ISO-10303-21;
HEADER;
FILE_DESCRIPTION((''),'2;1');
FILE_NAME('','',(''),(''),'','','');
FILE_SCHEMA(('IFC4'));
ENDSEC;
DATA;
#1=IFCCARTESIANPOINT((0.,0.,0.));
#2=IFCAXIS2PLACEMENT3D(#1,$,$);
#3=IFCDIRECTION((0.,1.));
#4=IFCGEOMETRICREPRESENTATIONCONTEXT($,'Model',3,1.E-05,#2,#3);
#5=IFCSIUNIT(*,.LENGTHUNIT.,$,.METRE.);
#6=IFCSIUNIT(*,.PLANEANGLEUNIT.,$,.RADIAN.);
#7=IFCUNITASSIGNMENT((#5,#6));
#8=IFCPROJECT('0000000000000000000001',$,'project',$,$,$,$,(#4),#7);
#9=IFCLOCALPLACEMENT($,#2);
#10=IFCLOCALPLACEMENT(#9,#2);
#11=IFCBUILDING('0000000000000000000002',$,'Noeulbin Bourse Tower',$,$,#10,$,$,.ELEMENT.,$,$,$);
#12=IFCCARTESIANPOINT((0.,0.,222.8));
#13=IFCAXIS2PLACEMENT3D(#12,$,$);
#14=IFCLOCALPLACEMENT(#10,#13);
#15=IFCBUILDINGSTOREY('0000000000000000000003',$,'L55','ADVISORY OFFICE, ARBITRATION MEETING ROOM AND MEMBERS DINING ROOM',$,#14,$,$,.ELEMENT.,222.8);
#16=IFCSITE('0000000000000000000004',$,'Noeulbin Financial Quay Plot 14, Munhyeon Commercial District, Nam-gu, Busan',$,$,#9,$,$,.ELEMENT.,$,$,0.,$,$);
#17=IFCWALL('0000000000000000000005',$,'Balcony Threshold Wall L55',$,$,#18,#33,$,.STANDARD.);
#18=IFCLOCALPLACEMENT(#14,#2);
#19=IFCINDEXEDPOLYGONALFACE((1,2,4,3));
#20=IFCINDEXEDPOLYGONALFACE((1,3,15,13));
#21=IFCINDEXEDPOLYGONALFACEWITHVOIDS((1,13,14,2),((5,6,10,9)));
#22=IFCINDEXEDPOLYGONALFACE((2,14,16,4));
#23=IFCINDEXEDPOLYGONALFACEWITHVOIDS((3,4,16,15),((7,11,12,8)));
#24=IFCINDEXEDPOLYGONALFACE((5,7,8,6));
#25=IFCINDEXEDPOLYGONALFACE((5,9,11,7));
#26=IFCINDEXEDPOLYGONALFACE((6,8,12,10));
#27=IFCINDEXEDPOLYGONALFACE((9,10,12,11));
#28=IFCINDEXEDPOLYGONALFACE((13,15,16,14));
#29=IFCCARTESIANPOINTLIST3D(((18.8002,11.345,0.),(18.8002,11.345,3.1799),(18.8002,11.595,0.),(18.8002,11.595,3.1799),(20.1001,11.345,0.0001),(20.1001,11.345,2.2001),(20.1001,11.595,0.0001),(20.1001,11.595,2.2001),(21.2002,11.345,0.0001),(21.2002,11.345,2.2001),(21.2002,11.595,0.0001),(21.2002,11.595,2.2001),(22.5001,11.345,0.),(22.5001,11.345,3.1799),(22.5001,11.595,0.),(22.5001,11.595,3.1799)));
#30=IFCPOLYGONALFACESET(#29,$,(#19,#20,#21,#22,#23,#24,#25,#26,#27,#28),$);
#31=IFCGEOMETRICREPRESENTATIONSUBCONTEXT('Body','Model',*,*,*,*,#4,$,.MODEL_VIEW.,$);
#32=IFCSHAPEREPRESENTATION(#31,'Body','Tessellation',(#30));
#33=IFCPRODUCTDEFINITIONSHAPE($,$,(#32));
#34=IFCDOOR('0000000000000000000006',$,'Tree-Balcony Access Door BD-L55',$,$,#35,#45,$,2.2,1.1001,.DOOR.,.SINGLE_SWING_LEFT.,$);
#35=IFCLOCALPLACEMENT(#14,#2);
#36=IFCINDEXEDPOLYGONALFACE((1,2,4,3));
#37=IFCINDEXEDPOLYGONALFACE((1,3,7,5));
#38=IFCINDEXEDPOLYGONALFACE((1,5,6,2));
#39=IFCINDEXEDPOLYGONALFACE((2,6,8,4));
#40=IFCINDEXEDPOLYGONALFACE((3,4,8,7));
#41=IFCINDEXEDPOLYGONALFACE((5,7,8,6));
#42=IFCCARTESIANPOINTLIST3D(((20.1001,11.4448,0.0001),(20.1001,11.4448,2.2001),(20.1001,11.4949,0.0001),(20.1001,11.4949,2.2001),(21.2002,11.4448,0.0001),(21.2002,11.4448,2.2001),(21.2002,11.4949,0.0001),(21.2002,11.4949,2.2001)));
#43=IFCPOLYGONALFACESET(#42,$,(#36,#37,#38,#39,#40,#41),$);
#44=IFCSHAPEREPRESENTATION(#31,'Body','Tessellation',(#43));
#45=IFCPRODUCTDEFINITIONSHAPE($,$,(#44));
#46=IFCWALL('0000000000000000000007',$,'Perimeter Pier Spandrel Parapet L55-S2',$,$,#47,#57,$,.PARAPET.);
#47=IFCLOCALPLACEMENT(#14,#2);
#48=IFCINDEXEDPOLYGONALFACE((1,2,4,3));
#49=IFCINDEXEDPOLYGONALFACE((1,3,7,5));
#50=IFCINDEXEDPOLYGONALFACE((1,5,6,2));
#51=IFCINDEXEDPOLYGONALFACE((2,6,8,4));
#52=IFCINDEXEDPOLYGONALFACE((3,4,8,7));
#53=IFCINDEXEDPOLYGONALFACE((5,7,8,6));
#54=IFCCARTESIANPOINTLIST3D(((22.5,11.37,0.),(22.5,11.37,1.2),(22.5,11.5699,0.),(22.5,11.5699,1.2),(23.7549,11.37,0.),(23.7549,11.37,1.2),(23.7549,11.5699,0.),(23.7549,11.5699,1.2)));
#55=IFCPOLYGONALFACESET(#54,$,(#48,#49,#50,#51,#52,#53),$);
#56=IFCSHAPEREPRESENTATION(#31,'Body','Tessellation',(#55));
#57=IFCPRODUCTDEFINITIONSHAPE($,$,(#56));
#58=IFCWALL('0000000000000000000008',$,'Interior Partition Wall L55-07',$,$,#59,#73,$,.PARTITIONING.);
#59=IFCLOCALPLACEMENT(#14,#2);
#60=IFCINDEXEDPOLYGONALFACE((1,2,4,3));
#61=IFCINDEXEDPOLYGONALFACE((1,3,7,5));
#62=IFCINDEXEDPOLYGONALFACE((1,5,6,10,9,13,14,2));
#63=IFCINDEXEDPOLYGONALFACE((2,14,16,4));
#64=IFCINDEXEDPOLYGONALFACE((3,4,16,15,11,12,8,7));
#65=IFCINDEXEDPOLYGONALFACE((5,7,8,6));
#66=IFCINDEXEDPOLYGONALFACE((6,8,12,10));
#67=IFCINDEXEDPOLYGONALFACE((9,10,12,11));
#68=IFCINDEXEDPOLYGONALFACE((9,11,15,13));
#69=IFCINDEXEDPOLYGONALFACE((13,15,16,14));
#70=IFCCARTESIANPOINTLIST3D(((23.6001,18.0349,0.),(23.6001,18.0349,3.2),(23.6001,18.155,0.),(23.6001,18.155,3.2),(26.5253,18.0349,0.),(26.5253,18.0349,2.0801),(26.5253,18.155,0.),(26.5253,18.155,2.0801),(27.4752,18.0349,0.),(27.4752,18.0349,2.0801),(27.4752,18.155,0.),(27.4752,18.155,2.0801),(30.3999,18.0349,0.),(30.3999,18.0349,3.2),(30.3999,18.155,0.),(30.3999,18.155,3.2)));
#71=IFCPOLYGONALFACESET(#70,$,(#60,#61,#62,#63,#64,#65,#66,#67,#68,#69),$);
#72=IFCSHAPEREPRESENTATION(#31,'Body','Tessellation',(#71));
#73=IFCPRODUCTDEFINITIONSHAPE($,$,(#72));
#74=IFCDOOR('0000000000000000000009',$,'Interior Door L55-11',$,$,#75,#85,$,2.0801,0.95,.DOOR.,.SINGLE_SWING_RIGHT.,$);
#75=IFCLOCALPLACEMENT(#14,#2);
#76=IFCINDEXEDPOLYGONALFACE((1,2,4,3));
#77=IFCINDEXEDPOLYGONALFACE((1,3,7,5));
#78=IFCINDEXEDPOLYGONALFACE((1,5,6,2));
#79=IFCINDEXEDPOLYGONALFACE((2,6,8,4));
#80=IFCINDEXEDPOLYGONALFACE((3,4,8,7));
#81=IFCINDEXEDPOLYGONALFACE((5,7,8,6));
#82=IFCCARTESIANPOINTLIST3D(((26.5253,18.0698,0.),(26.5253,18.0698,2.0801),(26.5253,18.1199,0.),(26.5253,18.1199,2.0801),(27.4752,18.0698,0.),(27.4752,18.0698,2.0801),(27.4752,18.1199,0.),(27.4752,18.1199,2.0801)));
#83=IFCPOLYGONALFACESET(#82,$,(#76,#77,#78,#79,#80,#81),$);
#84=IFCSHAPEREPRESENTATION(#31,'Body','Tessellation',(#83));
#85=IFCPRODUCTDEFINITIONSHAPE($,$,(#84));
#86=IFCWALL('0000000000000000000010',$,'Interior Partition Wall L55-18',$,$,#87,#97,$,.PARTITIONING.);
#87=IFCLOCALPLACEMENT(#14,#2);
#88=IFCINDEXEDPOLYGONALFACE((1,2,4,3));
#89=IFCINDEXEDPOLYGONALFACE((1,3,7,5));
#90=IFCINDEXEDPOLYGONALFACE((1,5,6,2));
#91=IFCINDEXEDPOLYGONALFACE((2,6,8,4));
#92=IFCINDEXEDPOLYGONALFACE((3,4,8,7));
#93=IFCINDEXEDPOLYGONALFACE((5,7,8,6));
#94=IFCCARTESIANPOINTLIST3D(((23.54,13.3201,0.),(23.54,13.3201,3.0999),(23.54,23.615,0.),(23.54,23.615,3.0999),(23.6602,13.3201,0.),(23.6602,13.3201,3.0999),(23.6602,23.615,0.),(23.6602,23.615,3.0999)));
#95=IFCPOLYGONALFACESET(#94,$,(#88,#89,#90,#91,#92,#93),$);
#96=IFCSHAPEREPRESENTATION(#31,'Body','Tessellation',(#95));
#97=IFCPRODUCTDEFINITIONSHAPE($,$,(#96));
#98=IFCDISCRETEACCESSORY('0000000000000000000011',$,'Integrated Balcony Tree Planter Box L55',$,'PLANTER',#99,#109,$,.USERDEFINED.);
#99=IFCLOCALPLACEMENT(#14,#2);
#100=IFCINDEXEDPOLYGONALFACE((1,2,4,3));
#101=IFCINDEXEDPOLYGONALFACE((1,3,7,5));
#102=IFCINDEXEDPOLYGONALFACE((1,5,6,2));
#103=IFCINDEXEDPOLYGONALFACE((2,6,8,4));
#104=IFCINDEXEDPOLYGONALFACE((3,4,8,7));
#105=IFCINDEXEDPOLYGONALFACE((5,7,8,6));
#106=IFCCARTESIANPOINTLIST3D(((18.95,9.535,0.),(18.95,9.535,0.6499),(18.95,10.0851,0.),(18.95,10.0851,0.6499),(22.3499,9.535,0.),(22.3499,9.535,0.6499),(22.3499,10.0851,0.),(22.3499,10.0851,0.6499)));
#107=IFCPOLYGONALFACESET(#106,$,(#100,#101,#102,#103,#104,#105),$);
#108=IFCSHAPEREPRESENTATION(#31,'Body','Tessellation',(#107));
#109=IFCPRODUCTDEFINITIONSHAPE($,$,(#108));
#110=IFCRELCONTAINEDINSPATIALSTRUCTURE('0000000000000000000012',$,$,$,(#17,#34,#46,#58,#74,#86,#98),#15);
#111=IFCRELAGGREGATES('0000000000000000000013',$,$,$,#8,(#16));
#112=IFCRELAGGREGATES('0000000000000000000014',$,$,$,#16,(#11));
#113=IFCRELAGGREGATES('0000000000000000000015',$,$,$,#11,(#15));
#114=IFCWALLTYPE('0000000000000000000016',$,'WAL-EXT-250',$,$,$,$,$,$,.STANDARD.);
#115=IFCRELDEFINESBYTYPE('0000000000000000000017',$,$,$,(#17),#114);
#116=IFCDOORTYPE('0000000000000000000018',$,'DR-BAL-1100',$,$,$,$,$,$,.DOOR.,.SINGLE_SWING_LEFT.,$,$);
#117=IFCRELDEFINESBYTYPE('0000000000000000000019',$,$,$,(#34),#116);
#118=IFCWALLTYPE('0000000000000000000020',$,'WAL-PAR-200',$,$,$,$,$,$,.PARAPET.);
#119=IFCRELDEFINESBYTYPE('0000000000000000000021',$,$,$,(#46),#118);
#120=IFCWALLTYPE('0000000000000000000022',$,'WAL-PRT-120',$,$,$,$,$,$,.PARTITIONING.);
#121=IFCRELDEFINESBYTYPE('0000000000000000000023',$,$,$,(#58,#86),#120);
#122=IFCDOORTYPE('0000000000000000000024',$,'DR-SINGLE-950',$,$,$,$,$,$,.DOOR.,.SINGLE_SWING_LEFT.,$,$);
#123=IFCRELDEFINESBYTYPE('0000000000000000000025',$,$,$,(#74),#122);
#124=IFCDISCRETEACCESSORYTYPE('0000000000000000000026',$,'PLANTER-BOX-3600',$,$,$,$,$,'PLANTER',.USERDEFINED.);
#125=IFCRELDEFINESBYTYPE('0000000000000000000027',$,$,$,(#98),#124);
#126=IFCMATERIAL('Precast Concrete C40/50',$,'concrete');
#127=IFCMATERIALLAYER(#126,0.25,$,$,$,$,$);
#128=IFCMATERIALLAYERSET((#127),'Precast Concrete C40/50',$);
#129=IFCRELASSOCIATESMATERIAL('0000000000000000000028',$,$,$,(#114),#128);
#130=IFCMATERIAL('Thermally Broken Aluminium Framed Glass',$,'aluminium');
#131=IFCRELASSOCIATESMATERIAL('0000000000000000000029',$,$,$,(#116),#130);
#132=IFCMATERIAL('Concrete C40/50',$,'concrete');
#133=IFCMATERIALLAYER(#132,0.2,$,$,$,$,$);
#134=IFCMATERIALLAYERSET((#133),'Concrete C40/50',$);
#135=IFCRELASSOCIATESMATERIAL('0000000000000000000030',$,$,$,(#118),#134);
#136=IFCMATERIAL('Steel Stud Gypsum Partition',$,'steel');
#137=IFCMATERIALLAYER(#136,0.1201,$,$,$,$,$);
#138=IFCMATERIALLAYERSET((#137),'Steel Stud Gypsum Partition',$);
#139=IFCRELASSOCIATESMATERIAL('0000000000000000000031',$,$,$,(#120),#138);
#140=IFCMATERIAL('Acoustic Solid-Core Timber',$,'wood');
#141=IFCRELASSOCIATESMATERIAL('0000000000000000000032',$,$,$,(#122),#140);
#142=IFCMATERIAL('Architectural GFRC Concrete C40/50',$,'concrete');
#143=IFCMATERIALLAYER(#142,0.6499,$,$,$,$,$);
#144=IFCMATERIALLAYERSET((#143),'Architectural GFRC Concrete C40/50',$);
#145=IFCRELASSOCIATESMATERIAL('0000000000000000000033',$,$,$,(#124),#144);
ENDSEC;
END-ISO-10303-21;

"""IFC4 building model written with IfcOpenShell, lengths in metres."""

from ifc_helpers import new_model, si_unit, direction, frame, frame_2d, origin, origin_2d, place, context, subcontext, project, spatial, rectangle, extrude, material, layer, layer_set, type_object, element, fill, save


model = new_model("IFC4")

# Units and contexts
model_context = context("Model", 3, precision=1e-05, world=origin(), true_north=direction((0.0, 1.0)))
body_context = subcontext(model_context, "Body", "Model", "MODEL_VIEW")
ifc_project = project(units=[si_unit("LENGTHUNIT", "METRE"), si_unit("PLANEANGLEUNIT", "RADIAN")], contexts=[model_context])

# Site, building, storey
site_placement = place(None, origin())
site = spatial("IfcSite", under=ifc_project, at=site_placement, Name="Noeulbin Financial Quay Plot 14, Munhyeon Commercial District, Nam-gu, Busan", CompositionType="ELEMENT", RefElevation=0.0)
building_placement = place(site_placement, origin())
building = spatial("IfcBuilding", under=site, at=building_placement, Name="Noeulbin Bourse Tower", CompositionType="ELEMENT")
storey_placement = place(building_placement, frame((0.0, 0.0, 222.8)))
storey = spatial("IfcBuildingStorey", under=building, at=storey_placement, Name="L55", Description="ADVISORY OFFICE, ARBITRATION MEETING ROOM AND MEMBERS DINING ROOM", CompositionType="ELEMENT", Elevation=222.8)

# Wall, opening, door
ifc_material_1 = material(Name="Precast Concrete C40/50", Category="concrete")
ifc_layer_1 = layer(ifc_material_1, 0.25)
ifc_layer_set_1 = layer_set([ifc_layer_1], Name="Precast Concrete C40/50")
wall_type_1 = type_object("IfcWallType", Name="WAL-EXT-250", PredefinedType="STANDARD", material=ifc_layer_set_1)
wall_1_placement = place(storey_placement, frame((18.8, 11.47, 0.0), z_axis=(0.0, 0.0, 1.0), x_axis=(1.0, 0.0, 0.0)))
wall_1 = element("IfcWall", 1, at=wall_1_placement, inside=storey, type_object=wall_type_1, Name="Balcony Threshold Wall L55", PredefinedType="STANDARD", context=body_context, shape_type="SweptSolid", body=[
    extrude(rectangle(XDim=3.7, YDim=0.25, at=frame_2d((1.8501, 0.0))), origin(), (0.0, 0.0, 1.0), 3.1799),
])
opening_1_placement = place(wall_1_placement, frame((1.3, 0.0, 0.0)))
opening_1 = element("IfcOpeningElement", 2, at=opening_1_placement, cuts=wall_1, PredefinedType="OPENING", context=body_context, shape_type="SweptSolid", body=[
    extrude(rectangle(XDim=1.1001, YDim=2.2, at=frame_2d((0.55, 1.1001))), frame((0.0, 0.135, 0.0), z_axis=(0.0, -1.0, 0.0), x_axis=(1.0, 0.0, 0.0)), (0.0, 0.0, 1.0), 0.27),
])
ifc_material_2 = material(Name="Thermally Broken Aluminium Framed Glass", Category="aluminium")
door_type_1 = type_object("IfcDoorType", Name="DR-BAL-1100", OperationType="SINGLE_SWING_LEFT", PredefinedType="DOOR", material=ifc_material_2)
door_1_placement = place(opening_1_placement, origin())
door_1 = element("IfcDoor", 3, at=door_1_placement, inside=storey, type_object=door_type_1, Name="Tree-Balcony Access Door BD-L55", OperationType="SINGLE_SWING_LEFT", OverallHeight=2.2, OverallWidth=1.1001, PredefinedType="DOOR", context=body_context, shape_type="SweptSolid", body=[
    extrude(rectangle(XDim=1.1001, YDim=2.2, at=frame_2d((0.55, 1.1001))), frame((0.0, 0.0249, 0.0), z_axis=(0.0, -1.0, 0.0), x_axis=(1.0, 0.0, 0.0)), (0.0, 0.0, 1.0), 0.05),
])
fill(opening_1, door_1)

# Wall
ifc_material_3 = material(Name="Concrete C40/50", Category="concrete")
ifc_layer_2 = layer(ifc_material_3, 0.2)
ifc_layer_set_2 = layer_set([ifc_layer_2], Name="Concrete C40/50")
wall_type_2 = type_object("IfcWallType", Name="WAL-PAR-200", PredefinedType="PARAPET", material=ifc_layer_set_2)
wall_2_placement = place(storey_placement, frame((22.5, 11.47, 0.0), z_axis=(0.0, 0.0, 1.0), x_axis=(1.0, 0.0, 0.0)))
element("IfcWall", 4, at=wall_2_placement, inside=storey, type_object=wall_type_2, Name="Perimeter Pier Spandrel Parapet L55-S2", PredefinedType="PARAPET", context=body_context, shape_type="SweptSolid", body=[
    extrude(rectangle(XDim=1.2549, YDim=0.2, at=frame_2d((0.6274, 0.0))), origin(), (0.0, 0.0, 1.0), 1.2),
])

# Wall, opening, door
ifc_material_4 = material(Name="Steel Stud Gypsum Partition", Category="steel")
ifc_layer_3 = layer(ifc_material_4, 0.1201)
ifc_layer_set_3 = layer_set([ifc_layer_3], Name="Steel Stud Gypsum Partition")
wall_type_3 = type_object("IfcWallType", Name="WAL-PRT-120", PredefinedType="PARTITIONING", material=ifc_layer_set_3)
wall_3_placement = place(storey_placement, frame((23.6001, 18.095, 0.0), z_axis=(0.0, 0.0, 1.0), x_axis=(1.0, 0.0, 0.0)))
wall_3 = element("IfcWall", 5, at=wall_3_placement, inside=storey, type_object=wall_type_3, Name="Interior Partition Wall L55-07", PredefinedType="PARTITIONING", context=body_context, shape_type="SweptSolid", body=[
    extrude(rectangle(XDim=6.7998, YDim=0.1201, at=frame_2d((3.3999, 0.0))), origin(), (0.0, 0.0, 1.0), 3.2),
])
opening_2_placement = place(wall_3_placement, frame((2.925, 0.0, 0.0)))
opening_2 = element("IfcOpeningElement", 6, at=opening_2_placement, cuts=wall_3, PredefinedType="OPENING", context=body_context, shape_type="SweptSolid", body=[
    extrude(rectangle(XDim=0.95, YDim=2.0801, at=frame_2d((0.4751, 1.04))), frame((0.0, 0.0701, 0.0), z_axis=(0.0, -1.0, 0.0), x_axis=(1.0, 0.0, 0.0)), (0.0, 0.0, 1.0), 0.1401),
])
ifc_material_5 = material(Name="Acoustic Solid-Core Timber", Category="wood")
door_type_2 = type_object("IfcDoorType", Name="DR-SINGLE-950", OperationType="SINGLE_SWING_LEFT", PredefinedType="DOOR", material=ifc_material_5)
door_2_placement = place(opening_2_placement, origin())
door_2 = element("IfcDoor", 7, at=door_2_placement, inside=storey, type_object=door_type_2, Name="Interior Door L55-11", OperationType="SINGLE_SWING_RIGHT", OverallHeight=2.0801, OverallWidth=0.95, PredefinedType="DOOR", context=body_context, shape_type="SweptSolid", body=[
    extrude(rectangle(XDim=0.95, YDim=2.0801, at=frame_2d((0.4751, 1.04))), frame((0.0, 0.0249, 0.0), z_axis=(0.0, -1.0, 0.0), x_axis=(1.0, 0.0, 0.0)), (0.0, 0.0, 1.0), 0.05),
])
fill(opening_2, door_2)

# Wall
wall_4_placement = place(storey_placement, frame((23.6001, 13.3201, 0.0), z_axis=(0.0, 0.0, 1.0), x_axis=(0.0, 1.0, 0.0)))
element("IfcWall", 8, at=wall_4_placement, inside=storey, type_object=wall_type_3, Name="Interior Partition Wall L55-18", PredefinedType="PARTITIONING", context=body_context, shape_type="SweptSolid", body=[
    extrude(rectangle(XDim=10.2949, YDim=0.1201, at=frame_2d((5.1475, 0.0))), origin(), (0.0, 0.0, 1.0), 3.0999),
])

# Discrete accessory
ifc_material_6 = material(Name="Architectural GFRC Concrete C40/50", Category="concrete")
ifc_layer_4 = layer(ifc_material_6, 0.6499)
ifc_layer_set_4 = layer_set([ifc_layer_4], Name="Architectural GFRC Concrete C40/50")
discrete_accessory_type = type_object("IfcDiscreteAccessoryType", Name="PLANTER-BOX-3600", ElementType="PLANTER", PredefinedType="USERDEFINED", material=ifc_layer_set_4)
discrete_accessory_placement = place(storey_placement, frame((20.6499, 9.8101, 0.0), z_axis=(0.0, 0.0, 1.0), x_axis=(1.0, 0.0, 0.0)))
element("IfcDiscreteAccessory", 9, at=discrete_accessory_placement, inside=storey, type_object=discrete_accessory_type, Name="Integrated Balcony Tree Planter Box L55", ObjectType="PLANTER", PredefinedType="USERDEFINED", context=body_context, shape_type="SweptSolid", body=[
    extrude(rectangle(XDim=3.3999, YDim=0.55, at=origin_2d()), origin(), (0.0, 0.0, 1.0), 0.6499),
])

save(model, "model.ifc")
